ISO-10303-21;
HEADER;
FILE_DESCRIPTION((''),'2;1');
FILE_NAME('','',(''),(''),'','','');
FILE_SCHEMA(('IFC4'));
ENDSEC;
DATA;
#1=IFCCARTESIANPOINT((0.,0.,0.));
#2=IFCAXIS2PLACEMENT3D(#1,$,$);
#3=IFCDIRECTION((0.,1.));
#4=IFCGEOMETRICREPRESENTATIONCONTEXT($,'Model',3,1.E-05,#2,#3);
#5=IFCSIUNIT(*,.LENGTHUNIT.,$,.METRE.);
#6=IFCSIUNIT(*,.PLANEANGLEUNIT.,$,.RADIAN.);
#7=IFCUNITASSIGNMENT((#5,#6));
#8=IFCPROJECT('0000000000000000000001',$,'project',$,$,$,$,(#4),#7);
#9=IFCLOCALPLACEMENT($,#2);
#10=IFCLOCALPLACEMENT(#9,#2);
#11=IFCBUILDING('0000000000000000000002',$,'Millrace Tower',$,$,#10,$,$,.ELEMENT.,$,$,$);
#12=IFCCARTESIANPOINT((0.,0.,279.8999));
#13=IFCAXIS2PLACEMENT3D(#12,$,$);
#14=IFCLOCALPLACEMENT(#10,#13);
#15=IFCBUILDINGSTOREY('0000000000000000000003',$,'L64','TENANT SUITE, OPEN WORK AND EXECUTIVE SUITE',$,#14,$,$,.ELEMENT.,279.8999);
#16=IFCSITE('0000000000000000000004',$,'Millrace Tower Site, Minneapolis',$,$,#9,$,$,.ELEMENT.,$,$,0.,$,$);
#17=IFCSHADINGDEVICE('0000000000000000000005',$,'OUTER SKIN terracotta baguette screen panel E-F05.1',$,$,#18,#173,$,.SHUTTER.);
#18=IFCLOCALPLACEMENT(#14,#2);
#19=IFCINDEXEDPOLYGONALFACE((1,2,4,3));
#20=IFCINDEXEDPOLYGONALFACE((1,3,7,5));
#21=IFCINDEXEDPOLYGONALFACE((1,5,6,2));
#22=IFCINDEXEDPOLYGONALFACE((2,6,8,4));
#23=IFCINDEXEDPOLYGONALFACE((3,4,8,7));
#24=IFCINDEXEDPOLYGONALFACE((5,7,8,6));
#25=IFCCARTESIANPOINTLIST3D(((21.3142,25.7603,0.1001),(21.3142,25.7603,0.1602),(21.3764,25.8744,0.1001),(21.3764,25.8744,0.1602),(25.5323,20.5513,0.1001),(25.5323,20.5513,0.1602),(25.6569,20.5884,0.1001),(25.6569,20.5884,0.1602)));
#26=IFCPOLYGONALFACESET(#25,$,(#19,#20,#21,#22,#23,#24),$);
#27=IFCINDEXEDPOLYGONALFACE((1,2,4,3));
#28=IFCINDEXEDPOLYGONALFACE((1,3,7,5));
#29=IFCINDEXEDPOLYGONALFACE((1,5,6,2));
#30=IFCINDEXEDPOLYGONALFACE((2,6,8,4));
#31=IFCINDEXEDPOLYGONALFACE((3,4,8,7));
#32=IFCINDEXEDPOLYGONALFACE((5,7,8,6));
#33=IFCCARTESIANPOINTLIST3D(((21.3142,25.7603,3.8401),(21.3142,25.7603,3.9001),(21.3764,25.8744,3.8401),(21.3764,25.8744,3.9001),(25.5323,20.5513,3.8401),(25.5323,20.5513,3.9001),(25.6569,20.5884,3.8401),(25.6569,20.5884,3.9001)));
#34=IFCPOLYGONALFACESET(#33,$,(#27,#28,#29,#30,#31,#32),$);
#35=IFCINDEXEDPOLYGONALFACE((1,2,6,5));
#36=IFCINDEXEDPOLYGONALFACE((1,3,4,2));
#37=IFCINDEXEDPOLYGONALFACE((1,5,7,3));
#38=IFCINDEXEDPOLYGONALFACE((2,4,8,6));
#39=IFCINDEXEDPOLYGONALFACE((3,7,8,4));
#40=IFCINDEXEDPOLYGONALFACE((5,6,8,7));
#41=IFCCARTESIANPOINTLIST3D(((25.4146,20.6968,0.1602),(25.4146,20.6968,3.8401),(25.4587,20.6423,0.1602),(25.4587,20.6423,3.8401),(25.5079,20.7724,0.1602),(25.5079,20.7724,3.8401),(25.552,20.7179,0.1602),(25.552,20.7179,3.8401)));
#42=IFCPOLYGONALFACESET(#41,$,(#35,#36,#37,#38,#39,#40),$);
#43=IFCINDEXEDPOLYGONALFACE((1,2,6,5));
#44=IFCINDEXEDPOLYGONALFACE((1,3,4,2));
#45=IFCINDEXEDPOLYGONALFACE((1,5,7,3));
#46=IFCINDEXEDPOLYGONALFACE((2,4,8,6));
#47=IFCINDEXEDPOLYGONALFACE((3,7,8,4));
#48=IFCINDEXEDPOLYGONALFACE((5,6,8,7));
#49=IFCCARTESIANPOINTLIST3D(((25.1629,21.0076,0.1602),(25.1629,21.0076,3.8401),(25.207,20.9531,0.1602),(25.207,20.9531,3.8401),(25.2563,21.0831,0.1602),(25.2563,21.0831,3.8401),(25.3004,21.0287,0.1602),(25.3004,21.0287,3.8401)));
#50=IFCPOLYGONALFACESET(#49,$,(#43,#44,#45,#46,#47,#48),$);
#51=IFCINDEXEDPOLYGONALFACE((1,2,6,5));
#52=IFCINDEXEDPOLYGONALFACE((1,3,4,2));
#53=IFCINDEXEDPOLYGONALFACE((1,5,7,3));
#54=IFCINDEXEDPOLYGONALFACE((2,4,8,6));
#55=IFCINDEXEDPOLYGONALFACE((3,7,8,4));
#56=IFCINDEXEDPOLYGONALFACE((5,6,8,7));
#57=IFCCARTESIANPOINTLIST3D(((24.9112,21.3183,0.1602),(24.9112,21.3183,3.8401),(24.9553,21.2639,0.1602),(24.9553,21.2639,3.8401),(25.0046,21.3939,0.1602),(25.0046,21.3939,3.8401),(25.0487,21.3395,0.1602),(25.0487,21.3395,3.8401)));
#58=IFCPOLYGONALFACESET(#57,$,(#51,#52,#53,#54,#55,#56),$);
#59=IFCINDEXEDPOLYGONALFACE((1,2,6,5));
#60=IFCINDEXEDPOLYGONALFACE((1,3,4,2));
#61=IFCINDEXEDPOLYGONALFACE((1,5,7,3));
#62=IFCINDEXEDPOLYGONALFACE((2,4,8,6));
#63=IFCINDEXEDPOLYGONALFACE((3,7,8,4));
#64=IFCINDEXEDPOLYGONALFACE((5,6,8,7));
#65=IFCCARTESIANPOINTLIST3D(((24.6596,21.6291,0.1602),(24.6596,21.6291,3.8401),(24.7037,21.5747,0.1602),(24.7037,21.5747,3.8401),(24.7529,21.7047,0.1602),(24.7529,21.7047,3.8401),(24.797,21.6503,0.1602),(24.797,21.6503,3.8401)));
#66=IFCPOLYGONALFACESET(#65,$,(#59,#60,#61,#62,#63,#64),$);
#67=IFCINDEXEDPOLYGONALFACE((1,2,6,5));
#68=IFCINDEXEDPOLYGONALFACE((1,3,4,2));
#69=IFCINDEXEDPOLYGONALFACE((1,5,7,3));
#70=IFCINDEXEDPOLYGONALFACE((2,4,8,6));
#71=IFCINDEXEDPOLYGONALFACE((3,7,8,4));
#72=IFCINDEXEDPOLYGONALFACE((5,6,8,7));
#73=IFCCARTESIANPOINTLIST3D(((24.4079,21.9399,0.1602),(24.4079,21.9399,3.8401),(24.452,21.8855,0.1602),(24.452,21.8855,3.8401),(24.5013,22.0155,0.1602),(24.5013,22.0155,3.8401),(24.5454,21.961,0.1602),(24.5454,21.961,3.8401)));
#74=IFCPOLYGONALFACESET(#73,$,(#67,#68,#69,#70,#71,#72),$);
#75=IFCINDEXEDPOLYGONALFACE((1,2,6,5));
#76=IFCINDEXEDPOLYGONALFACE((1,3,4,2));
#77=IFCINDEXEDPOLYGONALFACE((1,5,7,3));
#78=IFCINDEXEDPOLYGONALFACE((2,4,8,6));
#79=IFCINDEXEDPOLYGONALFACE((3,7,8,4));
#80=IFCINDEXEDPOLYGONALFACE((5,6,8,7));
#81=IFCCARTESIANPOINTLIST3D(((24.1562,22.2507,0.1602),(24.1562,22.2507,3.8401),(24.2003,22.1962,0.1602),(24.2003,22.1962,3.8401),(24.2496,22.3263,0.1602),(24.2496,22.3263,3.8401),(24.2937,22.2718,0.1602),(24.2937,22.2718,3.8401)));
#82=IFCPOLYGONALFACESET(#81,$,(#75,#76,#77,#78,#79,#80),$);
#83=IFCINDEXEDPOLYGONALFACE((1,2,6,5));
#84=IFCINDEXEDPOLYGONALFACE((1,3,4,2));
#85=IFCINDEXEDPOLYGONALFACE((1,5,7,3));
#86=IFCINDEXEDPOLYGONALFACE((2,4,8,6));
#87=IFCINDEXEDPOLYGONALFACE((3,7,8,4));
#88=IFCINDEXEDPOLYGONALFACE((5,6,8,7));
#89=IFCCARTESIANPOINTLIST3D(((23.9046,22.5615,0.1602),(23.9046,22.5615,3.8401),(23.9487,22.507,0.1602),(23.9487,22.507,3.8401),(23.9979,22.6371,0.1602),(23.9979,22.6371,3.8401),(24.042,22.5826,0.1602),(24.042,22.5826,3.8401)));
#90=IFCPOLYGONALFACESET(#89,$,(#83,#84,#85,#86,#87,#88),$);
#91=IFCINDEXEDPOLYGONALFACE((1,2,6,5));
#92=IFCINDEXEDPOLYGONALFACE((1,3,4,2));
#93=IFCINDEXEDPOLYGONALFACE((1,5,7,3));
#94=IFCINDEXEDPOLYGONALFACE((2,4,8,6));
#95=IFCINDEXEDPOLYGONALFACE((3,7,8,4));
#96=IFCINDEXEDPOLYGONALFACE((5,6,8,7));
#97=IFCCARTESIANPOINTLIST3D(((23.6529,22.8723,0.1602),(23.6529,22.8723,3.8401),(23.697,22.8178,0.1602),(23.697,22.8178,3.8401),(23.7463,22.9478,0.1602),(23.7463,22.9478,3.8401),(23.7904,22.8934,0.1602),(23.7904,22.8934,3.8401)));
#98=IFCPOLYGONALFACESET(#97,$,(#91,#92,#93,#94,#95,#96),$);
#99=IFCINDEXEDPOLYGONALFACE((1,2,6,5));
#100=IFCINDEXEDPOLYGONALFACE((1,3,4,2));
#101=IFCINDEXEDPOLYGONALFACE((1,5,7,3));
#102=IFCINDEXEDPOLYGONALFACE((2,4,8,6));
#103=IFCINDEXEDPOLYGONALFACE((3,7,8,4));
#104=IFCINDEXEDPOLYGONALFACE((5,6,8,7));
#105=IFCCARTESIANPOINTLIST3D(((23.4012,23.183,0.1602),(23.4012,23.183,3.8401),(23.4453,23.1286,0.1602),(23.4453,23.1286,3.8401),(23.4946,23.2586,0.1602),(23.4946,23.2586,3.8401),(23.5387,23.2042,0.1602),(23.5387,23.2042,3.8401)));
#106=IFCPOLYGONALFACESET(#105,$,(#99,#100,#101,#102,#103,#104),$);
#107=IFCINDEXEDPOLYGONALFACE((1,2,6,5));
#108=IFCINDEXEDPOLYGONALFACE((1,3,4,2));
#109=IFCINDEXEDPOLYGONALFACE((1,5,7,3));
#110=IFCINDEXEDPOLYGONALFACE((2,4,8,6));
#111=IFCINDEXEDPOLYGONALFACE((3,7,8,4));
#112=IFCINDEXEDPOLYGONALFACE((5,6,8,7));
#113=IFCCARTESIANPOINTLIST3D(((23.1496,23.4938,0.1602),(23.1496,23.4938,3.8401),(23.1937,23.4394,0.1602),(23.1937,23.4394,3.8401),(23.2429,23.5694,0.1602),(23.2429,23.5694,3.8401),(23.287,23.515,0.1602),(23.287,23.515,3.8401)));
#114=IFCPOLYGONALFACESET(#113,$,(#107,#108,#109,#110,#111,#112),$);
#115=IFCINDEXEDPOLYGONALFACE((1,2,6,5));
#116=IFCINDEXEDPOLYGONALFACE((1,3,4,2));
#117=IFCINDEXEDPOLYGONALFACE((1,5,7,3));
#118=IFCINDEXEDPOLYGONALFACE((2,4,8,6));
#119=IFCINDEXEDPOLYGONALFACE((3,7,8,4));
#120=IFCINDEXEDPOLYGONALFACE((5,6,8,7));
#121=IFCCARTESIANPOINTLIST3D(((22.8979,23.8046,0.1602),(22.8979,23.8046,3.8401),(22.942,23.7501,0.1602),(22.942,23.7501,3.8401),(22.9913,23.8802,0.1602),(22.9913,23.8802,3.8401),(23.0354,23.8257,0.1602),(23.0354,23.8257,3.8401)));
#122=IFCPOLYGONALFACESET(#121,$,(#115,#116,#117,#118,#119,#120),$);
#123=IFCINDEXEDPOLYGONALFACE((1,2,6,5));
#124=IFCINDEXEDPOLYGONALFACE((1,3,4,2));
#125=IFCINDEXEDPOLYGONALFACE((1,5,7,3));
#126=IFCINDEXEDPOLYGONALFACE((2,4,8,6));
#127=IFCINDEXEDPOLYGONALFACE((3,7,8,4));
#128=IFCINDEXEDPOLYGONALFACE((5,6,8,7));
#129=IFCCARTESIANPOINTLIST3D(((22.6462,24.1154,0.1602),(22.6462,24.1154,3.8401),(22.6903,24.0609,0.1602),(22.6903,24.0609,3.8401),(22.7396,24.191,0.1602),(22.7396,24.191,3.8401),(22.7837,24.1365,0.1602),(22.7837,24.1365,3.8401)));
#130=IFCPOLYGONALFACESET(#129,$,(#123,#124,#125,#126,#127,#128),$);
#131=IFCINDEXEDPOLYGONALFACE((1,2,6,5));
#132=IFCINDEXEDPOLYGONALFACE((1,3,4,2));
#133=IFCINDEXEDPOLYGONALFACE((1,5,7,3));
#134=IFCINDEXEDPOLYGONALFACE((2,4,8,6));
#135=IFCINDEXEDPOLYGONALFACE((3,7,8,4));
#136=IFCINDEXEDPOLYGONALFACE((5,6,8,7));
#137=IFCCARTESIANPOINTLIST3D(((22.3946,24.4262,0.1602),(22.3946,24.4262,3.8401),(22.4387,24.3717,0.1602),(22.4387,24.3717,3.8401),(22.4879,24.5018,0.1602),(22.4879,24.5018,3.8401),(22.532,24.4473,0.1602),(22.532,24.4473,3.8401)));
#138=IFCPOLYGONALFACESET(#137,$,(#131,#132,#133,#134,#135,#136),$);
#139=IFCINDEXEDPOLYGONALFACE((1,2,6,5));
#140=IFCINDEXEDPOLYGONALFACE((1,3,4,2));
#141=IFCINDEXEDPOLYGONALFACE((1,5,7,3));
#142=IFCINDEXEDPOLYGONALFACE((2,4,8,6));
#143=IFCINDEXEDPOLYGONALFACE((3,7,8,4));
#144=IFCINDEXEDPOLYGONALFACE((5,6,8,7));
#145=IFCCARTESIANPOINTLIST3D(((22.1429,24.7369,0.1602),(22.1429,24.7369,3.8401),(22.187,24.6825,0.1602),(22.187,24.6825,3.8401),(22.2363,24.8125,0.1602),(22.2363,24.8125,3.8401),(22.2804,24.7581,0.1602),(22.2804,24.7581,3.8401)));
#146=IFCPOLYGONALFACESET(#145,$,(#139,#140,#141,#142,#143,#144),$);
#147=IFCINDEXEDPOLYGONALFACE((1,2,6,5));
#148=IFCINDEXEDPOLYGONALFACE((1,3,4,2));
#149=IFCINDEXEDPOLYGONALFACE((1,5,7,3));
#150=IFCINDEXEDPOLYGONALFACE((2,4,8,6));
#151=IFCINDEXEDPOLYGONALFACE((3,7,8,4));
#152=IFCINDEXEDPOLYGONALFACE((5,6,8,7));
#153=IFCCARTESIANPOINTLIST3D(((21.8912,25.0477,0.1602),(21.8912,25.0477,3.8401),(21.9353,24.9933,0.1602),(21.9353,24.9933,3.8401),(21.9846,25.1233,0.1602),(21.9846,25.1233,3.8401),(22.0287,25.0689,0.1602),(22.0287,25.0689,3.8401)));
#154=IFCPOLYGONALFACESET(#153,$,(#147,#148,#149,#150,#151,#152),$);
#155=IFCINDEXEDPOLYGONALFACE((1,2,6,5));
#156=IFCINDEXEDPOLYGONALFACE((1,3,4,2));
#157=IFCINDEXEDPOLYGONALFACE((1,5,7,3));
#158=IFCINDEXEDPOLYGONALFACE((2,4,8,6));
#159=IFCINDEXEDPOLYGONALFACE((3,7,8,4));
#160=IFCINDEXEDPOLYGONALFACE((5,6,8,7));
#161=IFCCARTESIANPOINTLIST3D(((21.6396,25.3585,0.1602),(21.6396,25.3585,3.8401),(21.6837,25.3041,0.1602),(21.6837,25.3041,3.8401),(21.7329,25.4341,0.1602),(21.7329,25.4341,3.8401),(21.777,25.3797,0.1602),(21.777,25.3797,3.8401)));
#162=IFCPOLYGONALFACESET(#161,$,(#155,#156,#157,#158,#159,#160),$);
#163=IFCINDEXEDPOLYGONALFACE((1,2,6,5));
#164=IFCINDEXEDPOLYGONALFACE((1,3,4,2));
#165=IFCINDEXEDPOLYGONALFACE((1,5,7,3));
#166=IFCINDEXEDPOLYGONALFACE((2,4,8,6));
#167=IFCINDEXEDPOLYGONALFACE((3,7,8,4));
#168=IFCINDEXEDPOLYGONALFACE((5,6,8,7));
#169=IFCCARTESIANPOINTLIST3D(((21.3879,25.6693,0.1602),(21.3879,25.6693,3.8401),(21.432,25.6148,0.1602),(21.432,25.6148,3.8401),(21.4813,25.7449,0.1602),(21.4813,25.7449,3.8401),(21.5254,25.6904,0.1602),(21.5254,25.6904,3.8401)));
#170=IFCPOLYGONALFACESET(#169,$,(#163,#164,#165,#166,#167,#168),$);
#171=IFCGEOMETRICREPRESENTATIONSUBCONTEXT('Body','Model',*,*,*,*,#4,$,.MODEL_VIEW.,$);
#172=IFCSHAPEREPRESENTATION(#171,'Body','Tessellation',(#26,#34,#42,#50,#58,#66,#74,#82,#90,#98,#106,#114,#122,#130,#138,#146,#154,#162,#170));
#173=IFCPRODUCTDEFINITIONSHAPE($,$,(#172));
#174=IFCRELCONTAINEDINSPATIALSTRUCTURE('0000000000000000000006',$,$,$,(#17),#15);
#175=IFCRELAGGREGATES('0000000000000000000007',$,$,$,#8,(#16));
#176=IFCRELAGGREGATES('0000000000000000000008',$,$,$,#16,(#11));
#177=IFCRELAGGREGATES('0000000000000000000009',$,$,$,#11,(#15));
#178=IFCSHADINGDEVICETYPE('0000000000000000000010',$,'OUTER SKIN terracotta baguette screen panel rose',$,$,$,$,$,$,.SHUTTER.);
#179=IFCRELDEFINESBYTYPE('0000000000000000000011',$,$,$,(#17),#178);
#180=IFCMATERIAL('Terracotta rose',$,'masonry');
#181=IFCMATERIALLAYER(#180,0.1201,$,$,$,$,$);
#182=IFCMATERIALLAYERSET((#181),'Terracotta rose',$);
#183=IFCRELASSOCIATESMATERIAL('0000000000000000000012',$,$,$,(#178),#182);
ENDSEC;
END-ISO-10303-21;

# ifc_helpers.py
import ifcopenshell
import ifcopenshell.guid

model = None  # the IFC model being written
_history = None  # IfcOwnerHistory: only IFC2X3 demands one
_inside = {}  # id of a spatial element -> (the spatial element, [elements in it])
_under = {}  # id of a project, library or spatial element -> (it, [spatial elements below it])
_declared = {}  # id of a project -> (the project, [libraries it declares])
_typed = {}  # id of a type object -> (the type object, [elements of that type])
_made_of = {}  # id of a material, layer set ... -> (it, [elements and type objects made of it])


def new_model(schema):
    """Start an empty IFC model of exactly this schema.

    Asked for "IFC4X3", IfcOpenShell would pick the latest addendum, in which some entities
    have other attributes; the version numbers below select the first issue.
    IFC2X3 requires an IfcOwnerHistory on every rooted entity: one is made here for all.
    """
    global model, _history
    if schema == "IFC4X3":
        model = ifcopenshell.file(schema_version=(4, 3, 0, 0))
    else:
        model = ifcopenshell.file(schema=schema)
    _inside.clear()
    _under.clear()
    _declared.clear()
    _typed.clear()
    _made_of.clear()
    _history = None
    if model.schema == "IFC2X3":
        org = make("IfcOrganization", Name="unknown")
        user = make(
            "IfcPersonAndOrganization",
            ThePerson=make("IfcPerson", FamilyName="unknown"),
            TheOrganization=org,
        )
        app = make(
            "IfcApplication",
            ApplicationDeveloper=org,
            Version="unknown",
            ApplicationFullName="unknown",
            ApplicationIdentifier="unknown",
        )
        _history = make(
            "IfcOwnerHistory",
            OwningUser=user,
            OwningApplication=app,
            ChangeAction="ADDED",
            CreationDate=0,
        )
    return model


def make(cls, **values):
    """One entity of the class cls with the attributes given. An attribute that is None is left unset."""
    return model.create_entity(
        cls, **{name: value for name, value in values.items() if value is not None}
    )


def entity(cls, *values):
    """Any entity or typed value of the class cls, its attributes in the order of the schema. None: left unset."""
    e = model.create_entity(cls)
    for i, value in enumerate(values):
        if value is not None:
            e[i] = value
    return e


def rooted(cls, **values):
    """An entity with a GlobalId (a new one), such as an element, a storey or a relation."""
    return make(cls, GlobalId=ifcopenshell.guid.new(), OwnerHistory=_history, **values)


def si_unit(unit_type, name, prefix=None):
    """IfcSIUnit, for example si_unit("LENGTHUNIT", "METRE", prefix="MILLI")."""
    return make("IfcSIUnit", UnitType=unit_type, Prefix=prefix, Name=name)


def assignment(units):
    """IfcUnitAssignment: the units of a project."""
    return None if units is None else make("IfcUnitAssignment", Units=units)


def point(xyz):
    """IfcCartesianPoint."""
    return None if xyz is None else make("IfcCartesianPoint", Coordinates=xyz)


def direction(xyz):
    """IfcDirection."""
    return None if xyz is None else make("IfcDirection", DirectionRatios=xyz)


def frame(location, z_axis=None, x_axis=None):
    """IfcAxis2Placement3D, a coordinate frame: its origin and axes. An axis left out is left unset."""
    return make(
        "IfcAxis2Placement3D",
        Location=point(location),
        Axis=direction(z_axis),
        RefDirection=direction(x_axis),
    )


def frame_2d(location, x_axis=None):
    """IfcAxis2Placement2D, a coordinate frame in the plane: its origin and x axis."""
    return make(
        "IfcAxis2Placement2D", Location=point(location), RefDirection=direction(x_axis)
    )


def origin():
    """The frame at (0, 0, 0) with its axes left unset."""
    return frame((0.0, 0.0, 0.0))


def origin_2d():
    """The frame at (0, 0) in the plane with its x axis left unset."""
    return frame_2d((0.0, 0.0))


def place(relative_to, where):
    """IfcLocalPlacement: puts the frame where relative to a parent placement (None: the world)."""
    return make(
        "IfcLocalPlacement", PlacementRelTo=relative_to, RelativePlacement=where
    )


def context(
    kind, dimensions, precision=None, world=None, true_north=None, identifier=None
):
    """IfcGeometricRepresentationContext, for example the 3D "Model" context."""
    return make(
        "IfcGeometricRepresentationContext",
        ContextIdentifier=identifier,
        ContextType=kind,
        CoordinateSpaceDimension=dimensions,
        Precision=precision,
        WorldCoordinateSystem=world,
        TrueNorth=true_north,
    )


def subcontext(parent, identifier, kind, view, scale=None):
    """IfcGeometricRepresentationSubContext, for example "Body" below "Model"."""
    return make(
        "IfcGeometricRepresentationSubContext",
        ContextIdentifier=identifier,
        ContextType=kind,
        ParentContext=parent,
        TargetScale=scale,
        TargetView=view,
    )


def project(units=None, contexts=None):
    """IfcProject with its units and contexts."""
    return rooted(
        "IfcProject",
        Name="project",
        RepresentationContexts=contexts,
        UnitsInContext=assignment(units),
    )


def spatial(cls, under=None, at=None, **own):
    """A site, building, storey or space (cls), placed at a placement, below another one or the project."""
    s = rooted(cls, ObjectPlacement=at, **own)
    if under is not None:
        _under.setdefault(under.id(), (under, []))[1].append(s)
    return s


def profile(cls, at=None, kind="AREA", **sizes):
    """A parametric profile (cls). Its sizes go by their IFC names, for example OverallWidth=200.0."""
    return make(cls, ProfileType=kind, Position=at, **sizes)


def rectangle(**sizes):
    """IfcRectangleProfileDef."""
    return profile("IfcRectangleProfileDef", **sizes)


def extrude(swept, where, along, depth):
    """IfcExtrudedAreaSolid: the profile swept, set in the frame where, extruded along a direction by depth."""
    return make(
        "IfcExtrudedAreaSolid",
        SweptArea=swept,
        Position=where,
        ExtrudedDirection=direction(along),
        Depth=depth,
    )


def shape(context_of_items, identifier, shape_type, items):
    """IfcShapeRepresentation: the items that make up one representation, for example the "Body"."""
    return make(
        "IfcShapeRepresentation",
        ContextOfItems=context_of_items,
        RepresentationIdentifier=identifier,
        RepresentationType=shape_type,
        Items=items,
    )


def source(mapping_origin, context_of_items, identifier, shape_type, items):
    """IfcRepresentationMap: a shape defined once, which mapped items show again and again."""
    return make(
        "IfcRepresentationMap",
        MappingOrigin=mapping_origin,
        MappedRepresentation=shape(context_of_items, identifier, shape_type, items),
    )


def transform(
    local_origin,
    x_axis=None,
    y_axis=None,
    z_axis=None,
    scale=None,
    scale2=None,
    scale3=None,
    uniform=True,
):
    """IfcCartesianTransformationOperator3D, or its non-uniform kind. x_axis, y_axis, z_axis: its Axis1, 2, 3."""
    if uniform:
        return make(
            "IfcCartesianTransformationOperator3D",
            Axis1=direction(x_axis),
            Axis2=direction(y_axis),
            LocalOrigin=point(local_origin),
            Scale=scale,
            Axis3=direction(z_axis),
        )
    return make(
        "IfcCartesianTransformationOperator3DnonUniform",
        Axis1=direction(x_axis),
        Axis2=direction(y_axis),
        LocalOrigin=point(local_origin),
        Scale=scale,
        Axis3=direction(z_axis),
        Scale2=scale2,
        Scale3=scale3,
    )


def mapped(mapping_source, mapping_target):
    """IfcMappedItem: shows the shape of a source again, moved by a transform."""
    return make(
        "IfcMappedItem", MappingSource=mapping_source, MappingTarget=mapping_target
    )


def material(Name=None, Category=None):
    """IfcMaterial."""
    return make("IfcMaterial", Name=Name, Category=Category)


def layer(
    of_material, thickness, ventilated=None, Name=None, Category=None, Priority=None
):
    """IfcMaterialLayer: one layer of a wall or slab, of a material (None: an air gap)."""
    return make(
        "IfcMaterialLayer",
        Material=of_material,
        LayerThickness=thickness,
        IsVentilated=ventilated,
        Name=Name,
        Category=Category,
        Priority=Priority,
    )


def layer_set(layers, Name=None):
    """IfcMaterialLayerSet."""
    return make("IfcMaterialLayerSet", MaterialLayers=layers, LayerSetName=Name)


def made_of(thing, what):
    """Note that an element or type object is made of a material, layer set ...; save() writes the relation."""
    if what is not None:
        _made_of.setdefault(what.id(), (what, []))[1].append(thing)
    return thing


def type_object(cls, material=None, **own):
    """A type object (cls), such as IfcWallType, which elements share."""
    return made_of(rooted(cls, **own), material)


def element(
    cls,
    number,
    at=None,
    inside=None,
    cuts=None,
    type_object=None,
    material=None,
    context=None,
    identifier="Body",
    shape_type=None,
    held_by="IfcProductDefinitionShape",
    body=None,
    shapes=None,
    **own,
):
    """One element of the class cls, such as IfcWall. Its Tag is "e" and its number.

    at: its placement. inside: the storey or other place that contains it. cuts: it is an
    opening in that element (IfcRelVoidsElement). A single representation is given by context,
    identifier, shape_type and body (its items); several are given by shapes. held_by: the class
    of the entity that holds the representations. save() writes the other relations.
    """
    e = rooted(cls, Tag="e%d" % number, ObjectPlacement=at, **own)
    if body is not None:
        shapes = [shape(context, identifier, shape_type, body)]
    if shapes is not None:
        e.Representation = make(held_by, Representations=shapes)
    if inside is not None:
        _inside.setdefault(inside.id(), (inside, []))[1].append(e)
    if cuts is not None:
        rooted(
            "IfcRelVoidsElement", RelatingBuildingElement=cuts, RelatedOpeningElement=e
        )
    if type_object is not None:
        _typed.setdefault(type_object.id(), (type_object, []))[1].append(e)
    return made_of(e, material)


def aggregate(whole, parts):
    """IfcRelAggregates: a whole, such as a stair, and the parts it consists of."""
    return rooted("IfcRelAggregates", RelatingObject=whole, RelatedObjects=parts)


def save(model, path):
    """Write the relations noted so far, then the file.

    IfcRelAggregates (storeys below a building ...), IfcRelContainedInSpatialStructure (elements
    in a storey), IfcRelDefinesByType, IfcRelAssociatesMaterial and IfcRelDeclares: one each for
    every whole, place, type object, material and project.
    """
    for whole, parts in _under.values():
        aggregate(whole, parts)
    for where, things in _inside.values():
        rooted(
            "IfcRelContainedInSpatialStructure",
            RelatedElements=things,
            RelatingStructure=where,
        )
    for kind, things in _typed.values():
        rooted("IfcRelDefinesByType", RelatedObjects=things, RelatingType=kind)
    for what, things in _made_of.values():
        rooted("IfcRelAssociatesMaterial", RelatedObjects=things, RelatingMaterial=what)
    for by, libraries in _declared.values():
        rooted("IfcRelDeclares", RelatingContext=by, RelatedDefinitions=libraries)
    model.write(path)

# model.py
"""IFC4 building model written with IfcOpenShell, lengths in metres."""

from ifc_helpers import new_model, entity, si_unit, direction, frame, frame_2d, origin, origin_2d, place, context, subcontext, project, spatial, rectangle, extrude, source, transform, mapped, material, layer, layer_set, type_object, element, save


model = new_model("IFC4")

# Units and contexts
model_context = context("Model", 3, precision=1e-05, world=origin(), true_north=direction((0.0, 1.0)))
body_context = subcontext(model_context, "Body", "Model", "MODEL_VIEW")
ifc_project = project(units=[si_unit("LENGTHUNIT", "METRE"), si_unit("PLANEANGLEUNIT", "RADIAN")], contexts=[model_context])

# Site, building, storey
site_placement = place(None, origin())
site = spatial("IfcSite", under=ifc_project, at=site_placement, Name="Millrace Tower Site, Minneapolis", CompositionType="ELEMENT", RefElevation=0.0)
building_placement = place(site_placement, origin())
building = spatial("IfcBuilding", under=site, at=building_placement, Name="Millrace Tower", CompositionType="ELEMENT")
storey_placement = place(building_placement, frame((0.0, 0.0, 279.8999)))
storey = spatial("IfcBuildingStorey", under=building, at=storey_placement, Name="L64", Description="TENANT SUITE, OPEN WORK AND EXECUTIVE SUITE", CompositionType="ELEMENT", Elevation=279.8999)

# Shading device
ifc_material_1 = material(Name="Terracotta rose", Category="masonry")
ifc_layer_1 = layer(ifc_material_1, 0.1201)
ifc_layer_set_1 = layer_set([ifc_layer_1], Name="Terracotta rose")
shading_device_type = type_object("IfcShadingDeviceType", Name="OUTER SKIN terracotta baguette screen panel rose", PredefinedType="SHUTTER", material=ifc_layer_set_1)
cartesian_point_1 = entity("IfcCartesianPoint", [-3.3513, 0.0601])
shared_polyline_1 = entity("IfcPolyline", [cartesian_point_1, entity("IfcCartesianPoint", [3.3513, 0.0601]), entity("IfcCartesianPoint", [3.4009, -0.0601]), entity("IfcCartesianPoint", [-3.4009, -0.0601]), cartesian_point_1])
shared_shape_1 = source(origin(), body_context, "Body", "SweptSolid", [
    entity("IfcExtrudedAreaSolid", entity("IfcArbitraryClosedProfileDef", "AREA", None, shared_polyline_1), entity("IfcAxis2Placement3D", entity("IfcCartesianPoint", [0.0, 0.0, 0.0])), entity("IfcDirection", [0.0, 0.0, 1.0]), 0.0601),
    entity("IfcExtrudedAreaSolid", entity("IfcArbitraryClosedProfileDef", "AREA", None, shared_polyline_1), entity("IfcAxis2Placement3D", entity("IfcCartesianPoint", [0.0, 0.0, 3.74])), entity("IfcDirection", [0.0, 0.0, 1.0]), 0.0601),
    extrude(rectangle(XDim=0.0701, YDim=0.1201, at=frame_2d((-3.1992, 0.0))), frame((0.0, 0.0, 0.0601)), (0.0, 0.0, 1.0), 3.6799),
    extrude(rectangle(XDim=0.0701, YDim=0.1201, at=frame_2d((-2.7993, 0.0))), frame((0.0, 0.0, 0.0601)), (0.0, 0.0, 1.0), 3.6799),
    extrude(rectangle(XDim=0.0701, YDim=0.1201, at=frame_2d((-2.3994, 0.0))), frame((0.0, 0.0, 0.0601)), (0.0, 0.0, 1.0), 3.6799),
    extrude(rectangle(XDim=0.0701, YDim=0.1201, at=frame_2d((-1.9995, 0.0))), frame((0.0, 0.0, 0.0601)), (0.0, 0.0, 1.0), 3.6799),
    extrude(rectangle(XDim=0.0701, YDim=0.1201, at=frame_2d((-1.5996, 0.0))), frame((0.0, 0.0, 0.0601)), (0.0, 0.0, 1.0), 3.6799),
    extrude(rectangle(XDim=0.0701, YDim=0.1201, at=frame_2d((-1.1997, 0.0))), frame((0.0, 0.0, 0.0601)), (0.0, 0.0, 1.0), 3.6799),
    extrude(rectangle(XDim=0.0701, YDim=0.1201, at=frame_2d((-0.7998, 0.0))), frame((0.0, 0.0, 0.0601)), (0.0, 0.0, 1.0), 3.6799),
    extrude(rectangle(XDim=0.0701, YDim=0.1201, at=frame_2d((-0.3999, 0.0))), frame((0.0, 0.0, 0.0601)), (0.0, 0.0, 1.0), 3.6799),
    extrude(rectangle(XDim=0.0701, YDim=0.1201, at=origin_2d()), frame((0.0, 0.0, 0.0601)), (0.0, 0.0, 1.0), 3.6799),
    extrude(rectangle(XDim=0.0701, YDim=0.1201, at=frame_2d((0.3999, 0.0))), frame((0.0, 0.0, 0.0601)), (0.0, 0.0, 1.0), 3.6799),
    extrude(rectangle(XDim=0.0701, YDim=0.1201, at=frame_2d((0.7998, 0.0))), frame((0.0, 0.0, 0.0601)), (0.0, 0.0, 1.0), 3.6799),
    extrude(rectangle(XDim=0.0701, YDim=0.1201, at=frame_2d((1.1997, 0.0))), frame((0.0, 0.0, 0.0601)), (0.0, 0.0, 1.0), 3.6799),
    extrude(rectangle(XDim=0.0701, YDim=0.1201, at=frame_2d((1.5996, 0.0))), frame((0.0, 0.0, 0.0601)), (0.0, 0.0, 1.0), 3.6799),
    extrude(rectangle(XDim=0.0701, YDim=0.1201, at=frame_2d((1.9995, 0.0))), frame((0.0, 0.0, 0.0601)), (0.0, 0.0, 1.0), 3.6799),
    extrude(rectangle(XDim=0.0701, YDim=0.1201, at=frame_2d((2.3994, 0.0))), frame((0.0, 0.0, 0.0601)), (0.0, 0.0, 1.0), 3.6799),
    extrude(rectangle(XDim=0.0701, YDim=0.1201, at=frame_2d((2.7993, 0.0))), frame((0.0, 0.0, 0.0601)), (0.0, 0.0, 1.0), 3.6799),
    extrude(rectangle(XDim=0.0701, YDim=0.1201, at=frame_2d((3.1992, 0.0))), frame((0.0, 0.0, 0.0601)), (0.0, 0.0, 1.0), 3.6799),
])
shading_device_1_placement = place(storey_placement, frame((23.47, 23.1936, 0.1001), z_axis=(0.0, 0.0, 1.0), x_axis=(-0.62932, 0.777146, 0.0)))
element("IfcShadingDevice", 1, at=shading_device_1_placement, inside=storey, type_object=shading_device_type, Name="OUTER SKIN terracotta baguette screen panel E-F05.1", PredefinedType="SHUTTER", context=body_context, shape_type="MappedRepresentation", body=[
    mapped(shared_shape_1, transform((0.0, 0.0, 0.0), scale=1.0)),
])

save(model, "model.ifc")
